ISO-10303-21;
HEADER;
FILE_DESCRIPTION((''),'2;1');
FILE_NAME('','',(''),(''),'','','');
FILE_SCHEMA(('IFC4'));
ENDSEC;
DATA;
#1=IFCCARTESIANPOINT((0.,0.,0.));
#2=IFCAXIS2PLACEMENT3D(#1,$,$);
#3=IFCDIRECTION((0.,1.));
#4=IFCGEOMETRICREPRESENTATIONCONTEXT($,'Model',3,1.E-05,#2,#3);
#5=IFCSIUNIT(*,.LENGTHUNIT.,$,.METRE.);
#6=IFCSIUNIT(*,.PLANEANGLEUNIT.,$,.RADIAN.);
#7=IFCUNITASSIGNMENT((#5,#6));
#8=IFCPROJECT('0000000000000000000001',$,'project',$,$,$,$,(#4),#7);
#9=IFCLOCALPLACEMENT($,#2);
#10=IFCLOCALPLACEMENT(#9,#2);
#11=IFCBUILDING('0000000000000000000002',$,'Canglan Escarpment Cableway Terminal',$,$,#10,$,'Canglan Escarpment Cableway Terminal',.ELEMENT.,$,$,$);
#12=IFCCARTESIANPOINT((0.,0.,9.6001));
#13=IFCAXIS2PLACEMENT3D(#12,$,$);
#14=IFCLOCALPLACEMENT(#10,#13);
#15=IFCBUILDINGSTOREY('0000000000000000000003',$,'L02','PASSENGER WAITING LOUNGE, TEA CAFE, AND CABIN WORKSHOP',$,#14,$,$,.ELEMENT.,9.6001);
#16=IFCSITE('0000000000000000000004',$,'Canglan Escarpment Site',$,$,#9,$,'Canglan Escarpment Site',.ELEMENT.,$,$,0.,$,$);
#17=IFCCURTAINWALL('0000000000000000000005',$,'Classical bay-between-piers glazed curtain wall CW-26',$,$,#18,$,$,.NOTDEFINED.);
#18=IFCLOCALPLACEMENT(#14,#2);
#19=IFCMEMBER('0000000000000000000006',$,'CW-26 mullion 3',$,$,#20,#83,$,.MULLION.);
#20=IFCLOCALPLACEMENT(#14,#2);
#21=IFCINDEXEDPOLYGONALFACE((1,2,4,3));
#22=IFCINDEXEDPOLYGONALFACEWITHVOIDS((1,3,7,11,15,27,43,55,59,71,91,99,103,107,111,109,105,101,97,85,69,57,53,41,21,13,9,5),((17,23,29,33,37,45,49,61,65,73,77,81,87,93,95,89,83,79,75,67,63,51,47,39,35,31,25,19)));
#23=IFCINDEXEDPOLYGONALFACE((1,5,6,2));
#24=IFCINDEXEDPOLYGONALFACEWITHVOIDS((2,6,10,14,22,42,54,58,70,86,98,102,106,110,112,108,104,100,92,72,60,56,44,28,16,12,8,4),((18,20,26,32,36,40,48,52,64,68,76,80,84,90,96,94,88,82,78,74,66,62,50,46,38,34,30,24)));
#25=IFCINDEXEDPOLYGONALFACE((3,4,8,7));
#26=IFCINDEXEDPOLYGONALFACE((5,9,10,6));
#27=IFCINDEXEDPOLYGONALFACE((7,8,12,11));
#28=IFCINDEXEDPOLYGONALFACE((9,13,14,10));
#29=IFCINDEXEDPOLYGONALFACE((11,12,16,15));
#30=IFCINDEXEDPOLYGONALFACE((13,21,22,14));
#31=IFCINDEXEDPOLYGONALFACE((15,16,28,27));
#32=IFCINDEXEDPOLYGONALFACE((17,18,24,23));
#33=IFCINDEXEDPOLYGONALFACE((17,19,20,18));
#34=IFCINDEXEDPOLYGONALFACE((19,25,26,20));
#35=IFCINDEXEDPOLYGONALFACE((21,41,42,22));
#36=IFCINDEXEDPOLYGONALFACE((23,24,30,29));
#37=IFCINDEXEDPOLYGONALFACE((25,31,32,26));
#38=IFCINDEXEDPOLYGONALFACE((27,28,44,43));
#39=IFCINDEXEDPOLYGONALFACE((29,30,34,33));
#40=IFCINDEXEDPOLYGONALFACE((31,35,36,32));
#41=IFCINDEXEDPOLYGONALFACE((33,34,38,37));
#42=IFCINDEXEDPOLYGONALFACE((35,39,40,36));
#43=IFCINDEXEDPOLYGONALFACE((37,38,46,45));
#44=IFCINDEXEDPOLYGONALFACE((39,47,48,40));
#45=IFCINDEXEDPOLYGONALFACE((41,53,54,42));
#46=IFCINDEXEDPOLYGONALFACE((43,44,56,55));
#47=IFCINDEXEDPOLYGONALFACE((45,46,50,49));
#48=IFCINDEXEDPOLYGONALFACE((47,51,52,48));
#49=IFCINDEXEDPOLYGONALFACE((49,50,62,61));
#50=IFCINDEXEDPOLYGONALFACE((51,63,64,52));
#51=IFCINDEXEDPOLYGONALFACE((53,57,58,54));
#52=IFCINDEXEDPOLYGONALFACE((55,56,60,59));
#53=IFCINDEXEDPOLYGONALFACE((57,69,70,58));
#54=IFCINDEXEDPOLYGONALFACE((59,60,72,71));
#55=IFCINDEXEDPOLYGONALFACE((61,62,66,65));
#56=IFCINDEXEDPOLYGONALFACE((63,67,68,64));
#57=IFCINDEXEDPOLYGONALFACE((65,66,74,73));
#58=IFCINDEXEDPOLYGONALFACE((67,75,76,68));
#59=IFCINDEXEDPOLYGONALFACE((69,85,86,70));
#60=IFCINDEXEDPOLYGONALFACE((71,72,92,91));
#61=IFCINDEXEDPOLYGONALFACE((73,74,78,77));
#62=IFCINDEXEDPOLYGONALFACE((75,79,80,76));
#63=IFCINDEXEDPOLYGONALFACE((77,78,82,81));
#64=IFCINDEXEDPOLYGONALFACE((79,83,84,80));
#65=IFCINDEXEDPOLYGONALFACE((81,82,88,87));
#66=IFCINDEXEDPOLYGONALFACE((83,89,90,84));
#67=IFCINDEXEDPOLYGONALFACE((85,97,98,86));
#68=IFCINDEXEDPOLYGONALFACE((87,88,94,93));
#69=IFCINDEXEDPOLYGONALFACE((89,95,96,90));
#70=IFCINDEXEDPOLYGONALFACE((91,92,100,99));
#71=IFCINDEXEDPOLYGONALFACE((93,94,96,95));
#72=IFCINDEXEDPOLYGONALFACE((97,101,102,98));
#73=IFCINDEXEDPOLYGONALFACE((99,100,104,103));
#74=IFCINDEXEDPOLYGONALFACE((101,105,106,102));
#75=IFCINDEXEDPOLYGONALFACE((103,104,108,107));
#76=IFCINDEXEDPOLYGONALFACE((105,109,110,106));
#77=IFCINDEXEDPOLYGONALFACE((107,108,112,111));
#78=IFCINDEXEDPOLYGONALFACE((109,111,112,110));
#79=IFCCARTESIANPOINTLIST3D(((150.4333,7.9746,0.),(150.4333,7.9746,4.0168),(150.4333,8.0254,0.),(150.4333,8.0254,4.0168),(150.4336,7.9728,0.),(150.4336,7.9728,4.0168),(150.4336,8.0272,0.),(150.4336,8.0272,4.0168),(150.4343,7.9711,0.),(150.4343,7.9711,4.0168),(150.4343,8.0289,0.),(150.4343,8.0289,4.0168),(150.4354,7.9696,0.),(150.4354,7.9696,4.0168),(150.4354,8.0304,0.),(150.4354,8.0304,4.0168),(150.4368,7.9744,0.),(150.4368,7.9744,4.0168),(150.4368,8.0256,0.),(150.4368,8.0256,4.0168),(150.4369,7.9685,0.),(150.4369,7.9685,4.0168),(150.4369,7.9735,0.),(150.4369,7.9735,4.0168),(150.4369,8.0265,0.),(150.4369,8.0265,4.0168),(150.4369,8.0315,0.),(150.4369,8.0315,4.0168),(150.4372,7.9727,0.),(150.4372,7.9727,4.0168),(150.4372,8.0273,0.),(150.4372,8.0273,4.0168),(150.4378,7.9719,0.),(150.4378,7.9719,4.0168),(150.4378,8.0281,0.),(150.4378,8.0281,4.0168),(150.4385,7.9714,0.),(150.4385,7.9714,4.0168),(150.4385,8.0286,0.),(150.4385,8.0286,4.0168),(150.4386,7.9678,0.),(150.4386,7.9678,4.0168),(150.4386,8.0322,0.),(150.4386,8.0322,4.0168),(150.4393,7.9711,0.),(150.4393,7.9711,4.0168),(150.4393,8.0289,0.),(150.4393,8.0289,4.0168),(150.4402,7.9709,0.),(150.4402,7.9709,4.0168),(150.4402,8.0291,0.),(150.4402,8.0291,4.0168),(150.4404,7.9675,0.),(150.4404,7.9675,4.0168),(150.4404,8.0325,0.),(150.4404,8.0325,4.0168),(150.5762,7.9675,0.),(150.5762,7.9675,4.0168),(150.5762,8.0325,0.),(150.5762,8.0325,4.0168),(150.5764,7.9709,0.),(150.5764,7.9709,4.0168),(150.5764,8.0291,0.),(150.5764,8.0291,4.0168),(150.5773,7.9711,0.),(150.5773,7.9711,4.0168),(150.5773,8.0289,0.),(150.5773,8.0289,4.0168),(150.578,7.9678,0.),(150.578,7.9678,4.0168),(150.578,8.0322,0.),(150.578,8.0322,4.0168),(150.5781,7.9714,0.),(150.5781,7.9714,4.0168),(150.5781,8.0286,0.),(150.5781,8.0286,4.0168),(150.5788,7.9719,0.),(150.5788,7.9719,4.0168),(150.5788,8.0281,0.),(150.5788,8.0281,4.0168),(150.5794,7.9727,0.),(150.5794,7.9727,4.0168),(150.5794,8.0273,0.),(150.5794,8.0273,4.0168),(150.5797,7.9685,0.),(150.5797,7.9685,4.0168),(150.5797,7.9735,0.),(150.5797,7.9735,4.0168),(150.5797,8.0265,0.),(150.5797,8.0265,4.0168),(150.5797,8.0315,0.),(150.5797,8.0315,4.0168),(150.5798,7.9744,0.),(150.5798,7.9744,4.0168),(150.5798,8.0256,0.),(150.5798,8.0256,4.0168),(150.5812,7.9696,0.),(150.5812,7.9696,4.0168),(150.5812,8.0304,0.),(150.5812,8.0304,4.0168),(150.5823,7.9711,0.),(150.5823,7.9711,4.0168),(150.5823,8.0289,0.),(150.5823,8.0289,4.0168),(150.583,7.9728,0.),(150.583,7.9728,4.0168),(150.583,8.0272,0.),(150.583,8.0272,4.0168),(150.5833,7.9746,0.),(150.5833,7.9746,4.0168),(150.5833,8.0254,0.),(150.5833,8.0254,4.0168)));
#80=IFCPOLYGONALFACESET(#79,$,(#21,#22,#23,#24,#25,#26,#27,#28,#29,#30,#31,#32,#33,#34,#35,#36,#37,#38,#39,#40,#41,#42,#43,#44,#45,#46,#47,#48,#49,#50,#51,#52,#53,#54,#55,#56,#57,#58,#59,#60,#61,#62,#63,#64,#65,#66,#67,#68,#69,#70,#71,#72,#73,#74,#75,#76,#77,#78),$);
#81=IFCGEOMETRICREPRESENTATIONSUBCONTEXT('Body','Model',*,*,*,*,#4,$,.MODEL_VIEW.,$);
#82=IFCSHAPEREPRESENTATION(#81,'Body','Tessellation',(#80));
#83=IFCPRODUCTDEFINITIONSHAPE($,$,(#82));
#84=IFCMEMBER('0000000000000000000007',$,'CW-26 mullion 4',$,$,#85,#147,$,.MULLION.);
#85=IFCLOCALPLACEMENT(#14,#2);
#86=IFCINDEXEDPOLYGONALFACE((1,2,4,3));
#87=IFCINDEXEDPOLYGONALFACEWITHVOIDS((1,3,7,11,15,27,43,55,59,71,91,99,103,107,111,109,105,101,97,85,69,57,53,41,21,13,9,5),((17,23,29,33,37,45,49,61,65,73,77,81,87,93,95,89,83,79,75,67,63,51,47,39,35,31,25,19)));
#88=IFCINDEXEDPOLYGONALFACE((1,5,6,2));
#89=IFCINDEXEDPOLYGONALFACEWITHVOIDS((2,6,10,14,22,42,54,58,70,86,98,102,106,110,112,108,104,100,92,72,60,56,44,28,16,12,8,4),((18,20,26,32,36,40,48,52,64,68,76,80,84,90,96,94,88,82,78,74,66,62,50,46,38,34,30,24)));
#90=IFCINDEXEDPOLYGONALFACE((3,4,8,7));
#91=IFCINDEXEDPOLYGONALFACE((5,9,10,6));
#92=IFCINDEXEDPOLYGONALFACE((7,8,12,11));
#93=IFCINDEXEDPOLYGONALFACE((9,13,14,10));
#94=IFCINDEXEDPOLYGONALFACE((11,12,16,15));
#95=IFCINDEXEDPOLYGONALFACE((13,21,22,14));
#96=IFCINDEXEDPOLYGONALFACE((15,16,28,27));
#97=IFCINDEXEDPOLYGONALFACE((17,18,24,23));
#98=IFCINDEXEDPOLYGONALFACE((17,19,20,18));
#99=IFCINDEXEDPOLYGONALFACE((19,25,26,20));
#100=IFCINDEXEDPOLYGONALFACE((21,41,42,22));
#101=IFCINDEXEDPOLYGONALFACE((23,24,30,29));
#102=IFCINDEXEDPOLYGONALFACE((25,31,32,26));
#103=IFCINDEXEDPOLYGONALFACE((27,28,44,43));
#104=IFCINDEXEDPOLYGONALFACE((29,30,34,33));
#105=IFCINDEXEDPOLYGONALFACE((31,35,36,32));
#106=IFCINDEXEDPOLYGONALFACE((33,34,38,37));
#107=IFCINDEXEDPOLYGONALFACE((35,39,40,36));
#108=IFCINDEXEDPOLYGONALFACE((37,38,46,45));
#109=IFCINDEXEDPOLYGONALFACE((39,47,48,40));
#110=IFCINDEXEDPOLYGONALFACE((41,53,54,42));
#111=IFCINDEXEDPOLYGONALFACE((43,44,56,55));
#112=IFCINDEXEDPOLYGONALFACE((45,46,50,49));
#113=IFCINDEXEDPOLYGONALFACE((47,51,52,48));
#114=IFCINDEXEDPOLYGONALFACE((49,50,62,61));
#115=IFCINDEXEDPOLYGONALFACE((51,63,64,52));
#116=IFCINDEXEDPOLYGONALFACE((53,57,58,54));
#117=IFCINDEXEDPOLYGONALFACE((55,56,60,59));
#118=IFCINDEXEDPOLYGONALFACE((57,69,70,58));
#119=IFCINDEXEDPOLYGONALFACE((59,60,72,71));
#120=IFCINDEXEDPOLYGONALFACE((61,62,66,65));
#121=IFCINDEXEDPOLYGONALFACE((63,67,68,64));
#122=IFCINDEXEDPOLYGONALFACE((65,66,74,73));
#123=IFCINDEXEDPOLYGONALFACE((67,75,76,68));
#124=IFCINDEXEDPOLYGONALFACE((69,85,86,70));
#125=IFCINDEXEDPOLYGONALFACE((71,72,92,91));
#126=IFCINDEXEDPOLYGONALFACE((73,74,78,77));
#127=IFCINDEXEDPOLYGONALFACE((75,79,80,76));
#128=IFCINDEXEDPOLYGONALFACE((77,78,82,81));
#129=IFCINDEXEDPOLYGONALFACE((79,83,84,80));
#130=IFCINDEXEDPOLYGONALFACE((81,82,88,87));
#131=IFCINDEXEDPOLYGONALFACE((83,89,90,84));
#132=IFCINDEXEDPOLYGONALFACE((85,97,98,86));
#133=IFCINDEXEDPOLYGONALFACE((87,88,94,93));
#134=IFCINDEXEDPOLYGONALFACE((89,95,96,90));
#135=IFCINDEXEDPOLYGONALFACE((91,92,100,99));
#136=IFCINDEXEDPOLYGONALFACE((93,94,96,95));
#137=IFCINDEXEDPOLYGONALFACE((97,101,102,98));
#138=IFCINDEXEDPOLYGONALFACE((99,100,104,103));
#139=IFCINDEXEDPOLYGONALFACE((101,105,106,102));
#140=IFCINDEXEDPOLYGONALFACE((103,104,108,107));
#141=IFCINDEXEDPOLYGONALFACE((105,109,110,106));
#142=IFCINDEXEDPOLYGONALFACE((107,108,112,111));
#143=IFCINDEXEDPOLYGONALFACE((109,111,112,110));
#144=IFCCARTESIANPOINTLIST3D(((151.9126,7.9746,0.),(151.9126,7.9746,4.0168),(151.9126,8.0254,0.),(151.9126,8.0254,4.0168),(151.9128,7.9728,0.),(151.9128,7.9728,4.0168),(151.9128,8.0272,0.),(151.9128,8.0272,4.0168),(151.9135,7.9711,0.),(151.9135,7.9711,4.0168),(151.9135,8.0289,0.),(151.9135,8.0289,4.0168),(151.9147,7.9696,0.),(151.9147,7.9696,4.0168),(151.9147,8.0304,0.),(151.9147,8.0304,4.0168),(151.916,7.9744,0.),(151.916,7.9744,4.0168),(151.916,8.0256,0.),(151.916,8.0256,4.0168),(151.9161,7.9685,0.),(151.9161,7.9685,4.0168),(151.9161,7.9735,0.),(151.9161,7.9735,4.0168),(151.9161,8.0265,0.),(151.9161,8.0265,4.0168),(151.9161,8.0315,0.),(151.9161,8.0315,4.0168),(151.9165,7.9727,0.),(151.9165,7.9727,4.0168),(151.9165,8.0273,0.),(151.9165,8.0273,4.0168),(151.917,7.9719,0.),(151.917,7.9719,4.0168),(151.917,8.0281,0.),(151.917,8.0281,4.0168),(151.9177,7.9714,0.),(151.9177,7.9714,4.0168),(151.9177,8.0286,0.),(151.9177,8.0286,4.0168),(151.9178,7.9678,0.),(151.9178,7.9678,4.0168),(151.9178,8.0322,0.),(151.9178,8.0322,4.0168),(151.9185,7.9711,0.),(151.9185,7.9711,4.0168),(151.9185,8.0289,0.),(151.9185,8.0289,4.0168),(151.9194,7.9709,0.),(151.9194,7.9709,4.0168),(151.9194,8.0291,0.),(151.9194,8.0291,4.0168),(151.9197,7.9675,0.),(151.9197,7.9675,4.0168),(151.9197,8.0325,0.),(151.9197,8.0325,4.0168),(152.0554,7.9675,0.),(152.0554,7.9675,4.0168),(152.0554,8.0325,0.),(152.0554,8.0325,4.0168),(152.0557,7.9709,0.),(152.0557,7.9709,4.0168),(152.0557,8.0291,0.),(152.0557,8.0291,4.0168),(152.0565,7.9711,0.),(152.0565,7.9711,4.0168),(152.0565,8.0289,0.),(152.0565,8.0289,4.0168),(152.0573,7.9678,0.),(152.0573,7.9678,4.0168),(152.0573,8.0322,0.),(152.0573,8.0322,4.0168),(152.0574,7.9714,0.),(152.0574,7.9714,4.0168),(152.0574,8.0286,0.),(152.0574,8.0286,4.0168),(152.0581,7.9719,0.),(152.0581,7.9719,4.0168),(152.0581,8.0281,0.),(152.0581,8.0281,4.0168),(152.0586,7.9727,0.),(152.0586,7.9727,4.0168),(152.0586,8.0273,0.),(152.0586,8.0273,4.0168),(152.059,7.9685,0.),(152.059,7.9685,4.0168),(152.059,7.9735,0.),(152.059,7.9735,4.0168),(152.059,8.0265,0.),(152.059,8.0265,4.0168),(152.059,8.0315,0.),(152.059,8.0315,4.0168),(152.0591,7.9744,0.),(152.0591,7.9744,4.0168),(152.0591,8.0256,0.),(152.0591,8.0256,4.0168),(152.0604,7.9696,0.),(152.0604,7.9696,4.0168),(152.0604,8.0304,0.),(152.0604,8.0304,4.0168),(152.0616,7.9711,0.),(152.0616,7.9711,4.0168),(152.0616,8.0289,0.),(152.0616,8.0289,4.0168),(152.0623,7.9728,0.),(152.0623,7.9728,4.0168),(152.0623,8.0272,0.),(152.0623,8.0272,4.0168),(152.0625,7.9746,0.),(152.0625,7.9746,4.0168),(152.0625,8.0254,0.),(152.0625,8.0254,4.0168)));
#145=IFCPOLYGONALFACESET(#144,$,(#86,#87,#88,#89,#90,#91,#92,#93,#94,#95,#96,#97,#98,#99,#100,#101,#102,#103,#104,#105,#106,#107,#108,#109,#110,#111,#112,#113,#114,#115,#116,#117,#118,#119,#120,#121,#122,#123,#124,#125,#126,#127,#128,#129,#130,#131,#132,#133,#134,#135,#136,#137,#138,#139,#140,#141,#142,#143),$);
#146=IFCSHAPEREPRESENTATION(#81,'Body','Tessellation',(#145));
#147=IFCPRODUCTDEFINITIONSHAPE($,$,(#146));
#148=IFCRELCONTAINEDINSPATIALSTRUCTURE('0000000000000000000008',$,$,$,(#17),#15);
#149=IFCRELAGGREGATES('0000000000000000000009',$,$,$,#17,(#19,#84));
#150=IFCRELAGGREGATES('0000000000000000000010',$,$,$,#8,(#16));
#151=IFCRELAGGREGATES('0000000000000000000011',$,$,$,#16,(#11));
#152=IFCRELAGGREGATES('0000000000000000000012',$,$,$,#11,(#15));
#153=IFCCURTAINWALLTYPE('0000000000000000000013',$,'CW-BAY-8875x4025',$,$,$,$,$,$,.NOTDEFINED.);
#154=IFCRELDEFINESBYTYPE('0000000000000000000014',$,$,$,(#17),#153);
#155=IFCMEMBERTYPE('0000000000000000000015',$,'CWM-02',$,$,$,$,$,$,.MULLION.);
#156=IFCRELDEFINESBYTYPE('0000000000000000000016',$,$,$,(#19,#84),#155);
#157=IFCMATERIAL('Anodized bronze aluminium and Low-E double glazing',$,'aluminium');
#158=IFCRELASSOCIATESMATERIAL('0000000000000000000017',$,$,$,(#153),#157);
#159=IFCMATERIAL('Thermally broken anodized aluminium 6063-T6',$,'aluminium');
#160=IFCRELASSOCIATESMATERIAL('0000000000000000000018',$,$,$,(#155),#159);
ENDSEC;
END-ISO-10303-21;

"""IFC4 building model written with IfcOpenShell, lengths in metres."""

from ifc_helpers import new_model, si_unit, direction, frame, origin, origin_2d, place, context, subcontext, project, spatial, hollow_rectangle, extrude, material, material_profile, profile_set, type_object, element, aggregate, save


model = new_model("IFC4")

# Units and contexts
model_context = context("Model", 3, precision=1e-05, world=origin(), true_north=direction((0.0, 1.0)))
body_context = subcontext(model_context, "Body", "Model", "MODEL_VIEW")
ifc_project = project(units=[si_unit("LENGTHUNIT", "METRE"), si_unit("PLANEANGLEUNIT", "RADIAN")], contexts=[model_context])

# Site, building, storey
site_placement = place(None, origin())
site = spatial("IfcSite", under=ifc_project, at=site_placement, Name="Canglan Escarpment Site", LongName="Canglan Escarpment Site", CompositionType="ELEMENT", RefElevation=0.0)
building_placement = place(site_placement, origin())
building = spatial("IfcBuilding", under=site, at=building_placement, Name="Canglan Escarpment Cableway Terminal", LongName="Canglan Escarpment Cableway Terminal", CompositionType="ELEMENT")
storey_placement = place(building_placement, frame((0.0, 0.0, 9.6001)))
storey = spatial("IfcBuildingStorey", under=building, at=storey_placement, Name="L02", Description="PASSENGER WAITING LOUNGE, TEA CAFE, AND CABIN WORKSHOP", CompositionType="ELEMENT", Elevation=9.6001)

# Curtain wall, members
ifc_material_1 = material(Name="Anodized bronze aluminium and Low-E double glazing", Category="aluminium")
curtain_wall_type = type_object("IfcCurtainWallType", Name="CW-BAY-8875x4025", PredefinedType="NOTDEFINED", material=ifc_material_1)
curtain_wall_placement = place(storey_placement, origin())
curtain_wall = element("IfcCurtainWall", 1, at=curtain_wall_placement, inside=storey, type_object=curtain_wall_type, Name="Classical bay-between-piers glazed curtain wall CW-26", PredefinedType="NOTDEFINED")
ifc_material_2 = material(Name="Thermally broken anodized aluminium 6063-T6", Category="aluminium")
ifc_material_profile_1 = material_profile(ifc_material_2, hollow_rectangle(XDim=0.0649, YDim=0.1499, WallThickness=0.0034, InnerFilletRadius=0.0034, OuterFilletRadius=0.0071, at=origin_2d()), Name="ALU-MULL 65x150x3.5")
ifc_profile_set_1 = profile_set([ifc_material_profile_1], Name="Thermally broken anodized aluminium 6063-T6")
member_type_1 = type_object("IfcMemberType", Name="CWM-02", PredefinedType="MULLION", material=ifc_profile_set_1)
member_1_placement = place(storey_placement, frame((150.5083, 8.0, 0.0), z_axis=(0.0, 0.0, 1.0), x_axis=(0.0, 1.0, 0.0)))
member_1 = element("IfcMember", 2, at=member_1_placement, type_object=member_type_1, Name="CW-26 mullion 3", PredefinedType="MULLION", context=body_context, shape_type="SweptSolid", body=[
    extrude(hollow_rectangle(XDim=0.0649, YDim=0.1499, WallThickness=0.0034, InnerFilletRadius=0.0034, OuterFilletRadius=0.0071, at=origin_2d()), origin(), (0.0, 0.0, 1.0), 4.0168),
])
member_2_placement = place(storey_placement, frame((151.9875, 8.0, 0.0), z_axis=(0.0, 0.0, 1.0), x_axis=(0.0, 1.0, 0.0)))
member_2 = element("IfcMember", 3, at=member_2_placement, type_object=member_type_1, Name="CW-26 mullion 4", PredefinedType="MULLION", context=body_context, shape_type="SweptSolid", body=[
    extrude(hollow_rectangle(XDim=0.0649, YDim=0.1499, WallThickness=0.0034, InnerFilletRadius=0.0034, OuterFilletRadius=0.0071, at=origin_2d()), origin(), (0.0, 0.0, 1.0), 4.0168),
])
aggregate(curtain_wall, [member_1, member_2])

save(model, "model.ifc")
